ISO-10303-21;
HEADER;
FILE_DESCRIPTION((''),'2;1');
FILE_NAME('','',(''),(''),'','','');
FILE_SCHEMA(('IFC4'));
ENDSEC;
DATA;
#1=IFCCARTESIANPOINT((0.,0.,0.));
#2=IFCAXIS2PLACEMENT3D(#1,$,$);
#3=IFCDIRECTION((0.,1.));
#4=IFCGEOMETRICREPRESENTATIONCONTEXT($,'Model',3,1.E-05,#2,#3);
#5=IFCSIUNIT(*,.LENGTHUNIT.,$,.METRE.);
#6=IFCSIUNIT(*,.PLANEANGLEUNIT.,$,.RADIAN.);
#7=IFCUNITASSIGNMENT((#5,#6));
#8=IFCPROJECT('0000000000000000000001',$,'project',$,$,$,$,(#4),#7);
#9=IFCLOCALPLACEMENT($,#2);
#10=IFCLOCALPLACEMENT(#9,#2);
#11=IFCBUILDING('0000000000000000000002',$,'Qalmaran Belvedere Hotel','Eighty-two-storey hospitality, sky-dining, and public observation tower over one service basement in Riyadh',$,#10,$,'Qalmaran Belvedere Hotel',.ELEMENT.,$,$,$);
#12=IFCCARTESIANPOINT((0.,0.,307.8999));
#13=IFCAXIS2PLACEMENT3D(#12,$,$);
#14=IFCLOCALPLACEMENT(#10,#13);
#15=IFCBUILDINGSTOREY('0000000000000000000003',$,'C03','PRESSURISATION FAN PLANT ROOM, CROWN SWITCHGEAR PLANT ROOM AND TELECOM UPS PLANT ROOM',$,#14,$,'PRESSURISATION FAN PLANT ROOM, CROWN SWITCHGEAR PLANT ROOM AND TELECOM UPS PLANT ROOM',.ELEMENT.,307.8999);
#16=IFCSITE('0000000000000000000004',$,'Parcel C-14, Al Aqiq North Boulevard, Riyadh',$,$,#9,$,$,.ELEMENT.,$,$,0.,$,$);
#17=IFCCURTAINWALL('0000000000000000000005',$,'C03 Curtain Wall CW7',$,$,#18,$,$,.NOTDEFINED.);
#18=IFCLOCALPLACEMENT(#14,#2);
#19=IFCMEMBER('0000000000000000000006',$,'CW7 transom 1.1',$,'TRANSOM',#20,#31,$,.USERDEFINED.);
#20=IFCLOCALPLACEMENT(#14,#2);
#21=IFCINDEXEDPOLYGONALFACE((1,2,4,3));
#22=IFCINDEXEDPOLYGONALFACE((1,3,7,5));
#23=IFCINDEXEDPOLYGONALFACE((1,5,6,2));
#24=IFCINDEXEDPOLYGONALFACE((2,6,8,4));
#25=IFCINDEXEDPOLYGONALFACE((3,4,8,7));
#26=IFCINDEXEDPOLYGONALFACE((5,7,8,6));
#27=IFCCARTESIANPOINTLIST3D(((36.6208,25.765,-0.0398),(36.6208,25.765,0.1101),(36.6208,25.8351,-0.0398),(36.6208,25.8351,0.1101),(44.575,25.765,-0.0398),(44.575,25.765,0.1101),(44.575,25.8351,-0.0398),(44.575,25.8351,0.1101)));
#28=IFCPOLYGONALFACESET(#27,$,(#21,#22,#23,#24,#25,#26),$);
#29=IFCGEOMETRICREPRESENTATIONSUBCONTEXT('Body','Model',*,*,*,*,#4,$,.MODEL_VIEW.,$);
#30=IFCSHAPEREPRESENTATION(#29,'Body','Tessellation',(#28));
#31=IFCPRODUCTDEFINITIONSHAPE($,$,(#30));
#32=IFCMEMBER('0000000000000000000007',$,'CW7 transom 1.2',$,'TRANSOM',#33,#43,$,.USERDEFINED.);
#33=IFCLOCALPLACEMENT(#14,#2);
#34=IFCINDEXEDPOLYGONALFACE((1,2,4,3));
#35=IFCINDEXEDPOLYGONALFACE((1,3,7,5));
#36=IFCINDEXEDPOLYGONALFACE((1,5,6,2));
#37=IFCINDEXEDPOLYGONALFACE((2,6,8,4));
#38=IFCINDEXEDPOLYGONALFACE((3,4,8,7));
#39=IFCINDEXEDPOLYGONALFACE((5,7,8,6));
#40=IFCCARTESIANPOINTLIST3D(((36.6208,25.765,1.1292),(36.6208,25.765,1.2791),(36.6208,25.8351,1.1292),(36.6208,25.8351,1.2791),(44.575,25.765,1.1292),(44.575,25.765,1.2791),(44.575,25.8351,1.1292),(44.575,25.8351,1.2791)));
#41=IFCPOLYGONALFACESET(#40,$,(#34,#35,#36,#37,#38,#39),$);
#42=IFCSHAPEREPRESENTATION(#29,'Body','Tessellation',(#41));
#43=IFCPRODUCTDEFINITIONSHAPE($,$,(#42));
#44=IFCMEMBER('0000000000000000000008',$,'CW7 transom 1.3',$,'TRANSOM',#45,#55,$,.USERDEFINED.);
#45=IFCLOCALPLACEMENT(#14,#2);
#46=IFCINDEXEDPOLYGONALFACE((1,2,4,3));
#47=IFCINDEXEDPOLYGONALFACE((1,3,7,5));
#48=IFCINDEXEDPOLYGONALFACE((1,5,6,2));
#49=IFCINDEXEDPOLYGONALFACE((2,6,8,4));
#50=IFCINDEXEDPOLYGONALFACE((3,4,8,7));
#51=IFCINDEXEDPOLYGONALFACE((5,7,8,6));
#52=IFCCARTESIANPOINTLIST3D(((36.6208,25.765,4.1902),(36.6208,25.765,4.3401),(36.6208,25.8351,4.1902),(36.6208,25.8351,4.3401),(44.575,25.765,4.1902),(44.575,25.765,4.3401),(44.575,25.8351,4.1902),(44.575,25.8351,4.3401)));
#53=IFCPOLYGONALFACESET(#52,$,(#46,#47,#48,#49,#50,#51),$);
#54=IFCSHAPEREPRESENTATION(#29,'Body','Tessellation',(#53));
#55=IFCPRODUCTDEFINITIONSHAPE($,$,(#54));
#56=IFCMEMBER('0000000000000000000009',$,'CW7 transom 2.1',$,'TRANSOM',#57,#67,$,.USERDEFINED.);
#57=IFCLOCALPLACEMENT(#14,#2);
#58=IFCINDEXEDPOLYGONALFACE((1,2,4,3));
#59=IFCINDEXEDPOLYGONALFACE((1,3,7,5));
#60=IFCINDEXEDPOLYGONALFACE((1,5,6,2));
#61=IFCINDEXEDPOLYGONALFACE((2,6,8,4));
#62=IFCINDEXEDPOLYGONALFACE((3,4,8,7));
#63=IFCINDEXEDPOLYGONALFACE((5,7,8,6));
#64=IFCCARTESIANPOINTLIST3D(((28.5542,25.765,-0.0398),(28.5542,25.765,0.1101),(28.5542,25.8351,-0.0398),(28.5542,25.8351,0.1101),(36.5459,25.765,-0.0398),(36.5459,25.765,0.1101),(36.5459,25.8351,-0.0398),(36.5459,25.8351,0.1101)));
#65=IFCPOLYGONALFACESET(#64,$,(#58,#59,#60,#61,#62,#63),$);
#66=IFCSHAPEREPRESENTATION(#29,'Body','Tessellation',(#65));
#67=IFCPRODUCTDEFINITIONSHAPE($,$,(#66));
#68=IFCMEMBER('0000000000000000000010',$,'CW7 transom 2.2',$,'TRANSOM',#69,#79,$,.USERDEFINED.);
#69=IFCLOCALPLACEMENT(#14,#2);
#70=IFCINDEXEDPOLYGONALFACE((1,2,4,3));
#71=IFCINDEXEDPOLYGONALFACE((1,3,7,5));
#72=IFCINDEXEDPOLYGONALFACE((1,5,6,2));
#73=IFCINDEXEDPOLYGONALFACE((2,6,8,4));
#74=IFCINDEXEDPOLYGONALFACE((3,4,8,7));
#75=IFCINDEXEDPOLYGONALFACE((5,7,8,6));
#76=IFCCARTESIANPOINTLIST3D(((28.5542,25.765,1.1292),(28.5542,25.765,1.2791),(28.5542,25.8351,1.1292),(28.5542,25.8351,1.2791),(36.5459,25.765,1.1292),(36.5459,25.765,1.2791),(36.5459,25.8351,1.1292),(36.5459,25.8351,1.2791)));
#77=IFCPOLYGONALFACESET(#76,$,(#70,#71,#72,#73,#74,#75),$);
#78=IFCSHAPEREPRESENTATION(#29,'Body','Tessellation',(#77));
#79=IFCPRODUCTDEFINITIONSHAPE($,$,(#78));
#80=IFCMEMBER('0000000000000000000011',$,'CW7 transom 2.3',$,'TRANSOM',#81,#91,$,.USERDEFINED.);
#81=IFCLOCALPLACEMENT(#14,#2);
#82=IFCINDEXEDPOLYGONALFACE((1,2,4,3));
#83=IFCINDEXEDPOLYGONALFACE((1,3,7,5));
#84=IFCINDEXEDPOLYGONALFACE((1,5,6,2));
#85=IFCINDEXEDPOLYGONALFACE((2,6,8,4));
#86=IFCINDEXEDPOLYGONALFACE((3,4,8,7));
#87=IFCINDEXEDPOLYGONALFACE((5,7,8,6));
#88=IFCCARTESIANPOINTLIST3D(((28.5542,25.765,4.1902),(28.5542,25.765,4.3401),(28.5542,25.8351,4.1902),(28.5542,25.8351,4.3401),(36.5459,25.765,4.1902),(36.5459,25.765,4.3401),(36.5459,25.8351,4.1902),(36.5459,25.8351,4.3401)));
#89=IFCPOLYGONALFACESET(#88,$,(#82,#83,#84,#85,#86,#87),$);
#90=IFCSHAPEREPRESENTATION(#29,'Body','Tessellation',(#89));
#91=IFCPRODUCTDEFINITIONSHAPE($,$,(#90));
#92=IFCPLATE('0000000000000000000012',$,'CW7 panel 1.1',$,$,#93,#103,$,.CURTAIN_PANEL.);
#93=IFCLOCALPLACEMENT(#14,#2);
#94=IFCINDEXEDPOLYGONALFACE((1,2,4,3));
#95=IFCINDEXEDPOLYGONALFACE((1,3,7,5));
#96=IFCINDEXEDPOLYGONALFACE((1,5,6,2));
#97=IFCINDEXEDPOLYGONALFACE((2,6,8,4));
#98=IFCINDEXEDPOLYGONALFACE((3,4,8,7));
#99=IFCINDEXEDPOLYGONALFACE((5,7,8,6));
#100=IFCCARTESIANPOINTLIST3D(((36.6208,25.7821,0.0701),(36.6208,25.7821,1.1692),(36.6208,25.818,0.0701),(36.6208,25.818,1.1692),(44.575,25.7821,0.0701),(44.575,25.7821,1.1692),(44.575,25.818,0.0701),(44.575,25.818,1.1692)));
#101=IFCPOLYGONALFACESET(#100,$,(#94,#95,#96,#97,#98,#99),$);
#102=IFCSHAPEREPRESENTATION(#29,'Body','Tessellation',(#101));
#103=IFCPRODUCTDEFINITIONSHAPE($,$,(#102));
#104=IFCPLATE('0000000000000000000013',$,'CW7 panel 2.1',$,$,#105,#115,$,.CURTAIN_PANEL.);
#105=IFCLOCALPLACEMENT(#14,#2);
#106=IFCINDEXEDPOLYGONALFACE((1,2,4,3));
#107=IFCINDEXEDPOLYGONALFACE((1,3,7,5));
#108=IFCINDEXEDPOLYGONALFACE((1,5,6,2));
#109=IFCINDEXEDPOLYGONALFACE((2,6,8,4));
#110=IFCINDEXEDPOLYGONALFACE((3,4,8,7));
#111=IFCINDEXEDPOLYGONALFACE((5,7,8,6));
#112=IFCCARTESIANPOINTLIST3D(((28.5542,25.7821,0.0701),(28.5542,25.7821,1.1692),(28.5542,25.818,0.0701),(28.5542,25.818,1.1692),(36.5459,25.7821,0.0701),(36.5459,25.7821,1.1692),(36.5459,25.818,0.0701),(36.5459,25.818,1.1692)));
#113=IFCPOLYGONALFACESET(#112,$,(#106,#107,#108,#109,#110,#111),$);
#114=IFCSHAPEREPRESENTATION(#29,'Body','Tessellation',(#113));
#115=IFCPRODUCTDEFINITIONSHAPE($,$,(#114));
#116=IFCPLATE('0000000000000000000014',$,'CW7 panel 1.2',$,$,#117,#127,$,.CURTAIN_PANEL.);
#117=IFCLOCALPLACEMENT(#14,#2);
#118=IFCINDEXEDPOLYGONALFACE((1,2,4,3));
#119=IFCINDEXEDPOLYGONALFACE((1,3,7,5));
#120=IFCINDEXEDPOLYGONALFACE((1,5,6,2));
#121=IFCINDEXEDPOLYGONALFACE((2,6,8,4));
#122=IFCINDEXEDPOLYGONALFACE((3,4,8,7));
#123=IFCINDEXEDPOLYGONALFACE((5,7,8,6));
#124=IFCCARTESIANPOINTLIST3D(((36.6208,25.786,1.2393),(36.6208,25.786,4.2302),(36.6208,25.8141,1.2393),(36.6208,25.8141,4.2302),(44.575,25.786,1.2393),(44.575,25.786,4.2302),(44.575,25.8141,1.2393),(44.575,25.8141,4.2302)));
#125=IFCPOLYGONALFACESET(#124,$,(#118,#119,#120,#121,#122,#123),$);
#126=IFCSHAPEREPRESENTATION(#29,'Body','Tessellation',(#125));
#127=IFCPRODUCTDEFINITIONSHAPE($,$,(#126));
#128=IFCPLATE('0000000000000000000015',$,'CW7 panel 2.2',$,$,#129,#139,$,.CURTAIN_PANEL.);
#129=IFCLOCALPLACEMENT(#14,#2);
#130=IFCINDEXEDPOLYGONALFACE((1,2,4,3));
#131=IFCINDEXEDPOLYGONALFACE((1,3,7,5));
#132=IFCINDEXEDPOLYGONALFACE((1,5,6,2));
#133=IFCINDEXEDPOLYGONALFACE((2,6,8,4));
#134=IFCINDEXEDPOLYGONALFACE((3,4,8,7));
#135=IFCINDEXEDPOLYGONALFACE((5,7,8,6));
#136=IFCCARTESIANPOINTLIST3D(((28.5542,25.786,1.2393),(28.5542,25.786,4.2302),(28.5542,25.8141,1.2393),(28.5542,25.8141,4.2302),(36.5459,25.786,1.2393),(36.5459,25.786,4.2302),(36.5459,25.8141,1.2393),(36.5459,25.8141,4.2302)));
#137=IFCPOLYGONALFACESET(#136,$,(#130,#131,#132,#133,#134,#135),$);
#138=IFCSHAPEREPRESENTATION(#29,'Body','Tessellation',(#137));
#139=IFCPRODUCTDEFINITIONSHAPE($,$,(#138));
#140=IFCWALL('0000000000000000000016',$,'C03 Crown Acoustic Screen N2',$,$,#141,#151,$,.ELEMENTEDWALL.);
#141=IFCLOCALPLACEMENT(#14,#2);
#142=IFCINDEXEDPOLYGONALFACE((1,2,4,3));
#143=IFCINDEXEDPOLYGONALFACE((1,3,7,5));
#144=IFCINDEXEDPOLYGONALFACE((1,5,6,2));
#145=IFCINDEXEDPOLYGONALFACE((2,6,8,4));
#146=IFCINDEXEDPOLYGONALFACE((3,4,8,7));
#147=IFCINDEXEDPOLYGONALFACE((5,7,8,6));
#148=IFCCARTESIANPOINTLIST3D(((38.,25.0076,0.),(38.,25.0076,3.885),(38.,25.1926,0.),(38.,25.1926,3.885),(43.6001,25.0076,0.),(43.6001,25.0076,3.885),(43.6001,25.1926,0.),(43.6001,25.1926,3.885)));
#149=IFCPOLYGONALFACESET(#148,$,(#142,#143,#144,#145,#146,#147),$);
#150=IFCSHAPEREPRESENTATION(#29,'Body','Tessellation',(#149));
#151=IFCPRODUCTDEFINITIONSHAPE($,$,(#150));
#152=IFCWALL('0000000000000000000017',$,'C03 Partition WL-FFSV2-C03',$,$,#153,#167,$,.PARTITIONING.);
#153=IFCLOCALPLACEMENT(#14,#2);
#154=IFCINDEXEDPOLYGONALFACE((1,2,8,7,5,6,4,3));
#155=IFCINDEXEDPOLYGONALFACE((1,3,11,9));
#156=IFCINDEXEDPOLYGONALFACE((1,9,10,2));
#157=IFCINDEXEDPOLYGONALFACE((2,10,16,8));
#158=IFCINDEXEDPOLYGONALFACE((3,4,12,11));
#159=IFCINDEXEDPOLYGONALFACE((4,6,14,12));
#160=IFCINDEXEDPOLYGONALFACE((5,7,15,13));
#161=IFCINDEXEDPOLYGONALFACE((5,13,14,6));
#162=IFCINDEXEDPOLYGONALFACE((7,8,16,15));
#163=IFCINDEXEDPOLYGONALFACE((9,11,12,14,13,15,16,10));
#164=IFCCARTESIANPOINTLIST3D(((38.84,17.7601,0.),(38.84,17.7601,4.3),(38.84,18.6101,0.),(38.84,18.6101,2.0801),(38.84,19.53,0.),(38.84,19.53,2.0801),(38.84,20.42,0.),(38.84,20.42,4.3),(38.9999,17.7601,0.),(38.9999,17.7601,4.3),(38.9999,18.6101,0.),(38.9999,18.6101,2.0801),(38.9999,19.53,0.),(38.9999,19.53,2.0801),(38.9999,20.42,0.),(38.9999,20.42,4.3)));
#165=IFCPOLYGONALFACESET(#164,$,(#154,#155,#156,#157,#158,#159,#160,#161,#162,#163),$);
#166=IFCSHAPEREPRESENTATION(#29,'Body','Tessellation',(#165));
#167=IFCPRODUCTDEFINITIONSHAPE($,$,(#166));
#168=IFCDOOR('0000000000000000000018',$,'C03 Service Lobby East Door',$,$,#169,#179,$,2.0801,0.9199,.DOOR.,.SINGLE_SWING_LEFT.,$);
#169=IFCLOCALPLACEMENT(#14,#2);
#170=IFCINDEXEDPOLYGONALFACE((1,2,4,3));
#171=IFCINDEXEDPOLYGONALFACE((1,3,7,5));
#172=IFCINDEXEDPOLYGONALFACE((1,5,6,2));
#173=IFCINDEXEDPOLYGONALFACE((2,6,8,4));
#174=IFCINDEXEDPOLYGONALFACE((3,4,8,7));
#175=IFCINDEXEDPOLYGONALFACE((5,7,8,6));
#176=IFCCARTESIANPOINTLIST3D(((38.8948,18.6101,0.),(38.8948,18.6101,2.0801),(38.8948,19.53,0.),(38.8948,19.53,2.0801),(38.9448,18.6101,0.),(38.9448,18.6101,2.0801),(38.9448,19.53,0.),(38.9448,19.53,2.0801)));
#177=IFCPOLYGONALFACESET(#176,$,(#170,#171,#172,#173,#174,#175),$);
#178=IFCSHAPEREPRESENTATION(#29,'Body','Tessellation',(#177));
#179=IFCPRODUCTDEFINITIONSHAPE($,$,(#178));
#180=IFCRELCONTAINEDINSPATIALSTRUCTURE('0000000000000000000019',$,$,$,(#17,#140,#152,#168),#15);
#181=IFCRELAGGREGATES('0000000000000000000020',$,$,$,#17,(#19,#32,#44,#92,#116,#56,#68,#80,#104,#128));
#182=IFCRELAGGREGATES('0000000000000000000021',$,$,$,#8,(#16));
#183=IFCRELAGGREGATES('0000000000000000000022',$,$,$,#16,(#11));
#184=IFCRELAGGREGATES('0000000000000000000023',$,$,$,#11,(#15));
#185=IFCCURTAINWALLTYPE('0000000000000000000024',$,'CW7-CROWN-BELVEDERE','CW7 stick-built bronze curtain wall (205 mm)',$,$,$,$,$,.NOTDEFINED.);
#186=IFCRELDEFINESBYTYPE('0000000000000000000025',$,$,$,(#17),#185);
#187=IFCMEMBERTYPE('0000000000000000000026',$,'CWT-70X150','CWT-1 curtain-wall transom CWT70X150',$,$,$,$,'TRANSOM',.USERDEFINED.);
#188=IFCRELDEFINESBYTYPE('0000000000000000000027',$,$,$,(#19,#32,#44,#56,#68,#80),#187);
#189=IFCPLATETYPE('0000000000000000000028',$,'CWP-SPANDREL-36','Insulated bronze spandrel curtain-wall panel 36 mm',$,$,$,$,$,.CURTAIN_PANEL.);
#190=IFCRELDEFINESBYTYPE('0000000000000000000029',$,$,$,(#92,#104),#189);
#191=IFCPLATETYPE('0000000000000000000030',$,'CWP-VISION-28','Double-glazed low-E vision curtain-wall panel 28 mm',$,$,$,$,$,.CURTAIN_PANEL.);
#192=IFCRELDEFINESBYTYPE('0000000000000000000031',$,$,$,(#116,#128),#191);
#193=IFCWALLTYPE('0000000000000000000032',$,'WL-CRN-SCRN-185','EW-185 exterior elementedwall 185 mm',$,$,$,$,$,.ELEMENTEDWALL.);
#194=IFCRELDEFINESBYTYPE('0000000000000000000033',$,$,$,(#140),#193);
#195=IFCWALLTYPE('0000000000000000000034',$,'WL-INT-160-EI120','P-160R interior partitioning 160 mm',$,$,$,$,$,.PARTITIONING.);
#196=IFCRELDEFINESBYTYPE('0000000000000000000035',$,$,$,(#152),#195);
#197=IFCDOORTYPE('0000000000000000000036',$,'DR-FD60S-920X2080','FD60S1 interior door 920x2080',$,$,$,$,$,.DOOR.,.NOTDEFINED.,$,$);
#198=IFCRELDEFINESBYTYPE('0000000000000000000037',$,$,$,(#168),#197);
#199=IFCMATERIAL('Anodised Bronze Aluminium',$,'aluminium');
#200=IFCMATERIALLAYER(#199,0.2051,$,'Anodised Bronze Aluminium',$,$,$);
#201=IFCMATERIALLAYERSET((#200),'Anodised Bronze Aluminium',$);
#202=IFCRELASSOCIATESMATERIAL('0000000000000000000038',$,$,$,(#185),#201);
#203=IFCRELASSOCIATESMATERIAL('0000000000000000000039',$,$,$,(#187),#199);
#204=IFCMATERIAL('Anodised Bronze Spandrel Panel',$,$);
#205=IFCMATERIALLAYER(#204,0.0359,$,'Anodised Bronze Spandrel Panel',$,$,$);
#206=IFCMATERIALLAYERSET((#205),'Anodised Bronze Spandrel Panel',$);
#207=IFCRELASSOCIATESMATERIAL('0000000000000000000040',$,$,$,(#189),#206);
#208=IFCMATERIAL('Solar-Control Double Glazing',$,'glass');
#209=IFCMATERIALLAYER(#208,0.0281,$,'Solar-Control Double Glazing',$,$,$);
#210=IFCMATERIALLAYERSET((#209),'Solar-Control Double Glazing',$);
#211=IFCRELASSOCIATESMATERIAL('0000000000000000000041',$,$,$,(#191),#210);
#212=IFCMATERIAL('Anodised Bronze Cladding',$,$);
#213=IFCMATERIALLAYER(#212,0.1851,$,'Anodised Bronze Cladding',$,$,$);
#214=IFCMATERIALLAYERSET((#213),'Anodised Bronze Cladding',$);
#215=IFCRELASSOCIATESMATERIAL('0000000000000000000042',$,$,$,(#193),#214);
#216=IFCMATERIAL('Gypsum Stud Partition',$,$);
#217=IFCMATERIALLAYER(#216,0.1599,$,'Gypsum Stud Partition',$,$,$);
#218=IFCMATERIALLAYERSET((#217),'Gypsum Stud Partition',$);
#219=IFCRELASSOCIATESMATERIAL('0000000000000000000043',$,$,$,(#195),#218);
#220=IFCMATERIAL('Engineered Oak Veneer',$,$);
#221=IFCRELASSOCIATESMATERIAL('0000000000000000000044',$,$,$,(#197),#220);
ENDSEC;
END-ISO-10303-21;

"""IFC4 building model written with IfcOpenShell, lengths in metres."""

from ifc_helpers import new_model, si_unit, direction, frame, frame_2d, origin, origin_2d, place, context, subcontext, project, spatial, rectangle, extrude, material, layer, layer_set, material_profile, profile_set, type_object, element, fill, aggregate, save


model = new_model("IFC4")

# Units and contexts
model_context = context("Model", 3, precision=1e-05, world=origin(), true_north=direction((0.0, 1.0)))
body_context = subcontext(model_context, "Body", "Model", "MODEL_VIEW")
ifc_project = project(units=[si_unit("LENGTHUNIT", "METRE"), si_unit("PLANEANGLEUNIT", "RADIAN")], contexts=[model_context])

# Site, building, storey
site_placement = place(None, origin())
site = spatial("IfcSite", under=ifc_project, at=site_placement, Name="Parcel C-14, Al Aqiq North Boulevard, Riyadh", CompositionType="ELEMENT", RefElevation=0.0)
building_placement = place(site_placement, origin())
building = spatial("IfcBuilding", under=site, at=building_placement, Name="Qalmaran Belvedere Hotel", Description="Eighty-two-storey hospitality, sky-dining, and public observation tower over one service basement in Riyadh", LongName="Qalmaran Belvedere Hotel", CompositionType="ELEMENT")
storey_placement = place(building_placement, frame((0.0, 0.0, 307.8999)))
storey = spatial("IfcBuildingStorey", under=building, at=storey_placement, Name="C03", Description="PRESSURISATION FAN PLANT ROOM, CROWN SWITCHGEAR PLANT ROOM AND TELECOM UPS PLANT ROOM", LongName="PRESSURISATION FAN PLANT ROOM, CROWN SWITCHGEAR PLANT ROOM AND TELECOM UPS PLANT ROOM", CompositionType="ELEMENT", Elevation=307.8999)

# Curtain wall, members, plates
ifc_material_1 = material(Name="Anodised Bronze Aluminium", Category="aluminium")
ifc_layer_1 = layer(ifc_material_1, 0.2051, Name="Anodised Bronze Aluminium")
ifc_layer_set_1 = layer_set([ifc_layer_1], Name="Anodised Bronze Aluminium")
curtain_wall_type = type_object("IfcCurtainWallType", Name="CW7-CROWN-BELVEDERE", Description="CW7 stick-built bronze curtain wall (205 mm)", PredefinedType="NOTDEFINED", material=ifc_layer_set_1)
curtain_wall_placement = place(storey_placement, origin())
curtain_wall = element("IfcCurtainWall", 1, at=curtain_wall_placement, inside=storey, type_object=curtain_wall_type, Name="C03 Curtain Wall CW7", PredefinedType="NOTDEFINED")
ifc_material_profile_1 = material_profile(ifc_material_1, rectangle(XDim=0.0701, YDim=0.1499, at=origin_2d()), Name="CWT70X150")
ifc_profile_set_1 = profile_set([ifc_material_profile_1], Name="Anodised Bronze Aluminium")
member_type_1 = type_object("IfcMemberType", Name="CWT-70X150", Description="CWT-1 curtain-wall transom CWT70X150", ElementType="TRANSOM", PredefinedType="USERDEFINED", material=ifc_profile_set_1)
member_1_placement = place(storey_placement, frame((44.575, 25.8, 0.0352), z_axis=(-1.0, 0.0, 0.0), x_axis=(0.0, -1.0, 0.0)))
member_1 = element("IfcMember", 2, at=member_1_placement, type_object=member_type_1, Name="CW7 transom 1.1", ObjectType="TRANSOM", PredefinedType="USERDEFINED", context=body_context, shape_type="SweptSolid", body=[
    extrude(rectangle(XDim=0.0701, YDim=0.1499, at=origin_2d()), origin(), (0.0, 0.0, 1.0), 7.9541),
])
member_2_placement = place(storey_placement, frame((44.575, 25.8, 1.2041), z_axis=(-1.0, 0.0, 0.0), x_axis=(0.0, -1.0, 0.0)))
member_2 = element("IfcMember", 3, at=member_2_placement, type_object=member_type_1, Name="CW7 transom 1.2", ObjectType="TRANSOM", PredefinedType="USERDEFINED", context=body_context, shape_type="SweptSolid", body=[
    extrude(rectangle(XDim=0.0701, YDim=0.1499, at=origin_2d()), origin(), (0.0, 0.0, 1.0), 7.9541),
])
member_3_placement = place(storey_placement, frame((44.575, 25.8, 4.2651), z_axis=(-1.0, 0.0, 0.0), x_axis=(0.0, -1.0, 0.0)))
member_3 = element("IfcMember", 4, at=member_3_placement, type_object=member_type_1, Name="CW7 transom 1.3", ObjectType="TRANSOM", PredefinedType="USERDEFINED", context=body_context, shape_type="SweptSolid", body=[
    extrude(rectangle(XDim=0.0701, YDim=0.1499, at=origin_2d()), origin(), (0.0, 0.0, 1.0), 7.9541),
])
member_4_placement = place(storey_placement, frame((36.5459, 25.8, 0.0352), z_axis=(-1.0, 0.0, 0.0), x_axis=(0.0, -1.0, 0.0)))
member_4 = element("IfcMember", 5, at=member_4_placement, type_object=member_type_1, Name="CW7 transom 2.1", ObjectType="TRANSOM", PredefinedType="USERDEFINED", context=body_context, shape_type="SweptSolid", body=[
    extrude(rectangle(XDim=0.0701, YDim=0.1499, at=origin_2d()), origin(), (0.0, 0.0, 1.0), 7.9917),
])
member_5_placement = place(storey_placement, frame((36.5459, 25.8, 1.2041), z_axis=(-1.0, 0.0, 0.0), x_axis=(0.0, -1.0, 0.0)))
member_5 = element("IfcMember", 6, at=member_5_placement, type_object=member_type_1, Name="CW7 transom 2.2", ObjectType="TRANSOM", PredefinedType="USERDEFINED", context=body_context, shape_type="SweptSolid", body=[
    extrude(rectangle(XDim=0.0701, YDim=0.1499, at=origin_2d()), origin(), (0.0, 0.0, 1.0), 7.9917),
])
member_6_placement = place(storey_placement, frame((36.5459, 25.8, 4.2651), z_axis=(-1.0, 0.0, 0.0), x_axis=(0.0, -1.0, 0.0)))
member_6 = element("IfcMember", 7, at=member_6_placement, type_object=member_type_1, Name="CW7 transom 2.3", ObjectType="TRANSOM", PredefinedType="USERDEFINED", context=body_context, shape_type="SweptSolid", body=[
    extrude(rectangle(XDim=0.0701, YDim=0.1499, at=origin_2d()), origin(), (0.0, 0.0, 1.0), 7.9917),
])
ifc_material_2 = material(Name="Anodised Bronze Spandrel Panel")
ifc_layer_2 = layer(ifc_material_2, 0.0359, Name="Anodised Bronze Spandrel Panel")
ifc_layer_set_2 = layer_set([ifc_layer_2], Name="Anodised Bronze Spandrel Panel")
plate_type_1 = type_object("IfcPlateType", Name="CWP-SPANDREL-36", Description="Insulated bronze spandrel curtain-wall panel 36 mm", PredefinedType="CURTAIN_PANEL", material=ifc_layer_set_2)
plate_1_placement = place(storey_placement, frame((40.5979, 25.8, 0.0701), z_axis=(0.0, 0.0, 1.0), x_axis=(-1.0, 0.0, 0.0)))
plate_1 = element("IfcPlate", 8, at=plate_1_placement, type_object=plate_type_1, Name="CW7 panel 1.1", PredefinedType="CURTAIN_PANEL", context=body_context, shape_type="SweptSolid", body=[
    extrude(rectangle(XDim=7.9541, YDim=0.0359, at=origin_2d()), origin(), (0.0, 0.0, 1.0), 1.0991),
])
plate_2_placement = place(storey_placement, frame((32.55, 25.8, 0.0701), z_axis=(0.0, 0.0, 1.0), x_axis=(-1.0, 0.0, 0.0)))
plate_2 = element("IfcPlate", 9, at=plate_2_placement, type_object=plate_type_1, Name="CW7 panel 2.1", PredefinedType="CURTAIN_PANEL", context=body_context, shape_type="SweptSolid", body=[
    extrude(rectangle(XDim=7.9917, YDim=0.0359, at=origin_2d()), origin(), (0.0, 0.0, 1.0), 1.0991),
])
ifc_material_3 = material(Name="Solar-Control Double Glazing", Category="glass")
ifc_layer_3 = layer(ifc_material_3, 0.0281, Name="Solar-Control Double Glazing")
ifc_layer_set_3 = layer_set([ifc_layer_3], Name="Solar-Control Double Glazing")
plate_type_2 = type_object("IfcPlateType", Name="CWP-VISION-28", Description="Double-glazed low-E vision curtain-wall panel 28 mm", PredefinedType="CURTAIN_PANEL", material=ifc_layer_set_3)
plate_3_placement = place(storey_placement, frame((40.5979, 25.8, 1.2393), z_axis=(0.0, 0.0, 1.0), x_axis=(-1.0, 0.0, 0.0)))
plate_3 = element("IfcPlate", 10, at=plate_3_placement, type_object=plate_type_2, Name="CW7 panel 1.2", PredefinedType="CURTAIN_PANEL", context=body_context, shape_type="SweptSolid", body=[
    extrude(rectangle(XDim=7.9541, YDim=0.0281, at=origin_2d()), origin(), (0.0, 0.0, 1.0), 2.991),
])
plate_4_placement = place(storey_placement, frame((32.55, 25.8, 1.2393), z_axis=(0.0, 0.0, 1.0), x_axis=(-1.0, 0.0, 0.0)))
plate_4 = element("IfcPlate", 11, at=plate_4_placement, type_object=plate_type_2, Name="CW7 panel 2.2", PredefinedType="CURTAIN_PANEL", context=body_context, shape_type="SweptSolid", body=[
    extrude(rectangle(XDim=7.9917, YDim=0.0281, at=origin_2d()), origin(), (0.0, 0.0, 1.0), 2.991),
])
aggregate(curtain_wall, [member_1, member_2, member_3, plate_1, plate_3, member_4, member_5, member_6, plate_2, plate_4])

# Wall
ifc_material_4 = material(Name="Anodised Bronze Cladding")
ifc_layer_4 = layer(ifc_material_4, 0.1851, Name="Anodised Bronze Cladding")
ifc_layer_set_4 = layer_set([ifc_layer_4], Name="Anodised Bronze Cladding")
wall_type_1 = type_object("IfcWallType", Name="WL-CRN-SCRN-185", Description="EW-185 exterior elementedwall 185 mm", PredefinedType="ELEMENTEDWALL", material=ifc_layer_set_4)
wall_1_placement = place(storey_placement, frame((38.0, 25.1001, 0.0), z_axis=(0.0, 0.0, 1.0), x_axis=(1.0, 0.0, 0.0)))
element("IfcWall", 12, at=wall_1_placement, inside=storey, type_object=wall_type_1, Name="C03 Crown Acoustic Screen N2", PredefinedType="ELEMENTEDWALL", context=body_context, shape_type="SweptSolid", body=[
    extrude(rectangle(XDim=5.6001, YDim=0.1851, at=frame_2d((2.8, 0.0))), origin(), (0.0, 0.0, 1.0), 3.885),
])

# Wall, opening, door
ifc_material_5 = material(Name="Gypsum Stud Partition")
ifc_layer_5 = layer(ifc_material_5, 0.1599, Name="Gypsum Stud Partition")
ifc_layer_set_5 = layer_set([ifc_layer_5], Name="Gypsum Stud Partition")
wall_type_2 = type_object("IfcWallType", Name="WL-INT-160-EI120", Description="P-160R interior partitioning 160 mm", PredefinedType="PARTITIONING", material=ifc_layer_set_5)
wall_2_placement = place(storey_placement, frame((38.9199, 17.76, 0.0), z_axis=(0.0, 0.0, 1.0), x_axis=(0.0, 1.0, 0.0)))
wall_2 = element("IfcWall", 13, at=wall_2_placement, inside=storey, type_object=wall_type_2, Name="C03 Partition WL-FFSV2-C03", PredefinedType="PARTITIONING", context=body_context, shape_type="SweptSolid", body=[
    extrude(rectangle(XDim=2.6599, YDim=0.1599, at=frame_2d((1.3301, 0.0))), origin(), (0.0, 0.0, 1.0), 4.3),
])
opening_1_placement = place(wall_2_placement, frame((1.77, 0.0, 0.0), z_axis=(0.0, 0.0, 1.0), x_axis=(-1.0, 0.0, 0.0)))
opening_1 = element("IfcOpeningElement", 14, at=opening_1_placement, cuts=wall_2, PredefinedType="OPENING", context=body_context, shape_type="SweptSolid", body=[
    extrude(rectangle(XDim=0.9199, YDim=2.0801, at=frame_2d((0.46, 1.04))), frame((0.0, 0.0898, 0.0), z_axis=(0.0, -1.0, 0.0), x_axis=(1.0, 0.0, 0.0)), (0.0, 0.0, 1.0), 0.1799),
])
ifc_material_6 = material(Name="Engineered Oak Veneer")
door_type_1 = type_object("IfcDoorType", Name="DR-FD60S-920X2080", Description="FD60S1 interior door 920x2080", OperationType="NOTDEFINED", PredefinedType="DOOR", material=ifc_material_6)
door_1_placement = place(opening_1_placement, origin())
door_1 = element("IfcDoor", 15, at=door_1_placement, inside=storey, type_object=door_type_1, Name="C03 Service Lobby East Door", OperationType="SINGLE_SWING_LEFT", OverallHeight=2.0801, OverallWidth=0.9199, PredefinedType="DOOR", context=body_context, shape_type="SweptSolid", body=[
    extrude(rectangle(XDim=0.9199, YDim=2.0801, at=frame_2d((0.46, 1.04))), frame((0.0, 0.0249, 0.0), z_axis=(0.0, -1.0, 0.0), x_axis=(1.0, 0.0, 0.0)), (0.0, 0.0, 1.0), 0.05),
])
fill(opening_1, door_1)

save(model, "model.ifc")
